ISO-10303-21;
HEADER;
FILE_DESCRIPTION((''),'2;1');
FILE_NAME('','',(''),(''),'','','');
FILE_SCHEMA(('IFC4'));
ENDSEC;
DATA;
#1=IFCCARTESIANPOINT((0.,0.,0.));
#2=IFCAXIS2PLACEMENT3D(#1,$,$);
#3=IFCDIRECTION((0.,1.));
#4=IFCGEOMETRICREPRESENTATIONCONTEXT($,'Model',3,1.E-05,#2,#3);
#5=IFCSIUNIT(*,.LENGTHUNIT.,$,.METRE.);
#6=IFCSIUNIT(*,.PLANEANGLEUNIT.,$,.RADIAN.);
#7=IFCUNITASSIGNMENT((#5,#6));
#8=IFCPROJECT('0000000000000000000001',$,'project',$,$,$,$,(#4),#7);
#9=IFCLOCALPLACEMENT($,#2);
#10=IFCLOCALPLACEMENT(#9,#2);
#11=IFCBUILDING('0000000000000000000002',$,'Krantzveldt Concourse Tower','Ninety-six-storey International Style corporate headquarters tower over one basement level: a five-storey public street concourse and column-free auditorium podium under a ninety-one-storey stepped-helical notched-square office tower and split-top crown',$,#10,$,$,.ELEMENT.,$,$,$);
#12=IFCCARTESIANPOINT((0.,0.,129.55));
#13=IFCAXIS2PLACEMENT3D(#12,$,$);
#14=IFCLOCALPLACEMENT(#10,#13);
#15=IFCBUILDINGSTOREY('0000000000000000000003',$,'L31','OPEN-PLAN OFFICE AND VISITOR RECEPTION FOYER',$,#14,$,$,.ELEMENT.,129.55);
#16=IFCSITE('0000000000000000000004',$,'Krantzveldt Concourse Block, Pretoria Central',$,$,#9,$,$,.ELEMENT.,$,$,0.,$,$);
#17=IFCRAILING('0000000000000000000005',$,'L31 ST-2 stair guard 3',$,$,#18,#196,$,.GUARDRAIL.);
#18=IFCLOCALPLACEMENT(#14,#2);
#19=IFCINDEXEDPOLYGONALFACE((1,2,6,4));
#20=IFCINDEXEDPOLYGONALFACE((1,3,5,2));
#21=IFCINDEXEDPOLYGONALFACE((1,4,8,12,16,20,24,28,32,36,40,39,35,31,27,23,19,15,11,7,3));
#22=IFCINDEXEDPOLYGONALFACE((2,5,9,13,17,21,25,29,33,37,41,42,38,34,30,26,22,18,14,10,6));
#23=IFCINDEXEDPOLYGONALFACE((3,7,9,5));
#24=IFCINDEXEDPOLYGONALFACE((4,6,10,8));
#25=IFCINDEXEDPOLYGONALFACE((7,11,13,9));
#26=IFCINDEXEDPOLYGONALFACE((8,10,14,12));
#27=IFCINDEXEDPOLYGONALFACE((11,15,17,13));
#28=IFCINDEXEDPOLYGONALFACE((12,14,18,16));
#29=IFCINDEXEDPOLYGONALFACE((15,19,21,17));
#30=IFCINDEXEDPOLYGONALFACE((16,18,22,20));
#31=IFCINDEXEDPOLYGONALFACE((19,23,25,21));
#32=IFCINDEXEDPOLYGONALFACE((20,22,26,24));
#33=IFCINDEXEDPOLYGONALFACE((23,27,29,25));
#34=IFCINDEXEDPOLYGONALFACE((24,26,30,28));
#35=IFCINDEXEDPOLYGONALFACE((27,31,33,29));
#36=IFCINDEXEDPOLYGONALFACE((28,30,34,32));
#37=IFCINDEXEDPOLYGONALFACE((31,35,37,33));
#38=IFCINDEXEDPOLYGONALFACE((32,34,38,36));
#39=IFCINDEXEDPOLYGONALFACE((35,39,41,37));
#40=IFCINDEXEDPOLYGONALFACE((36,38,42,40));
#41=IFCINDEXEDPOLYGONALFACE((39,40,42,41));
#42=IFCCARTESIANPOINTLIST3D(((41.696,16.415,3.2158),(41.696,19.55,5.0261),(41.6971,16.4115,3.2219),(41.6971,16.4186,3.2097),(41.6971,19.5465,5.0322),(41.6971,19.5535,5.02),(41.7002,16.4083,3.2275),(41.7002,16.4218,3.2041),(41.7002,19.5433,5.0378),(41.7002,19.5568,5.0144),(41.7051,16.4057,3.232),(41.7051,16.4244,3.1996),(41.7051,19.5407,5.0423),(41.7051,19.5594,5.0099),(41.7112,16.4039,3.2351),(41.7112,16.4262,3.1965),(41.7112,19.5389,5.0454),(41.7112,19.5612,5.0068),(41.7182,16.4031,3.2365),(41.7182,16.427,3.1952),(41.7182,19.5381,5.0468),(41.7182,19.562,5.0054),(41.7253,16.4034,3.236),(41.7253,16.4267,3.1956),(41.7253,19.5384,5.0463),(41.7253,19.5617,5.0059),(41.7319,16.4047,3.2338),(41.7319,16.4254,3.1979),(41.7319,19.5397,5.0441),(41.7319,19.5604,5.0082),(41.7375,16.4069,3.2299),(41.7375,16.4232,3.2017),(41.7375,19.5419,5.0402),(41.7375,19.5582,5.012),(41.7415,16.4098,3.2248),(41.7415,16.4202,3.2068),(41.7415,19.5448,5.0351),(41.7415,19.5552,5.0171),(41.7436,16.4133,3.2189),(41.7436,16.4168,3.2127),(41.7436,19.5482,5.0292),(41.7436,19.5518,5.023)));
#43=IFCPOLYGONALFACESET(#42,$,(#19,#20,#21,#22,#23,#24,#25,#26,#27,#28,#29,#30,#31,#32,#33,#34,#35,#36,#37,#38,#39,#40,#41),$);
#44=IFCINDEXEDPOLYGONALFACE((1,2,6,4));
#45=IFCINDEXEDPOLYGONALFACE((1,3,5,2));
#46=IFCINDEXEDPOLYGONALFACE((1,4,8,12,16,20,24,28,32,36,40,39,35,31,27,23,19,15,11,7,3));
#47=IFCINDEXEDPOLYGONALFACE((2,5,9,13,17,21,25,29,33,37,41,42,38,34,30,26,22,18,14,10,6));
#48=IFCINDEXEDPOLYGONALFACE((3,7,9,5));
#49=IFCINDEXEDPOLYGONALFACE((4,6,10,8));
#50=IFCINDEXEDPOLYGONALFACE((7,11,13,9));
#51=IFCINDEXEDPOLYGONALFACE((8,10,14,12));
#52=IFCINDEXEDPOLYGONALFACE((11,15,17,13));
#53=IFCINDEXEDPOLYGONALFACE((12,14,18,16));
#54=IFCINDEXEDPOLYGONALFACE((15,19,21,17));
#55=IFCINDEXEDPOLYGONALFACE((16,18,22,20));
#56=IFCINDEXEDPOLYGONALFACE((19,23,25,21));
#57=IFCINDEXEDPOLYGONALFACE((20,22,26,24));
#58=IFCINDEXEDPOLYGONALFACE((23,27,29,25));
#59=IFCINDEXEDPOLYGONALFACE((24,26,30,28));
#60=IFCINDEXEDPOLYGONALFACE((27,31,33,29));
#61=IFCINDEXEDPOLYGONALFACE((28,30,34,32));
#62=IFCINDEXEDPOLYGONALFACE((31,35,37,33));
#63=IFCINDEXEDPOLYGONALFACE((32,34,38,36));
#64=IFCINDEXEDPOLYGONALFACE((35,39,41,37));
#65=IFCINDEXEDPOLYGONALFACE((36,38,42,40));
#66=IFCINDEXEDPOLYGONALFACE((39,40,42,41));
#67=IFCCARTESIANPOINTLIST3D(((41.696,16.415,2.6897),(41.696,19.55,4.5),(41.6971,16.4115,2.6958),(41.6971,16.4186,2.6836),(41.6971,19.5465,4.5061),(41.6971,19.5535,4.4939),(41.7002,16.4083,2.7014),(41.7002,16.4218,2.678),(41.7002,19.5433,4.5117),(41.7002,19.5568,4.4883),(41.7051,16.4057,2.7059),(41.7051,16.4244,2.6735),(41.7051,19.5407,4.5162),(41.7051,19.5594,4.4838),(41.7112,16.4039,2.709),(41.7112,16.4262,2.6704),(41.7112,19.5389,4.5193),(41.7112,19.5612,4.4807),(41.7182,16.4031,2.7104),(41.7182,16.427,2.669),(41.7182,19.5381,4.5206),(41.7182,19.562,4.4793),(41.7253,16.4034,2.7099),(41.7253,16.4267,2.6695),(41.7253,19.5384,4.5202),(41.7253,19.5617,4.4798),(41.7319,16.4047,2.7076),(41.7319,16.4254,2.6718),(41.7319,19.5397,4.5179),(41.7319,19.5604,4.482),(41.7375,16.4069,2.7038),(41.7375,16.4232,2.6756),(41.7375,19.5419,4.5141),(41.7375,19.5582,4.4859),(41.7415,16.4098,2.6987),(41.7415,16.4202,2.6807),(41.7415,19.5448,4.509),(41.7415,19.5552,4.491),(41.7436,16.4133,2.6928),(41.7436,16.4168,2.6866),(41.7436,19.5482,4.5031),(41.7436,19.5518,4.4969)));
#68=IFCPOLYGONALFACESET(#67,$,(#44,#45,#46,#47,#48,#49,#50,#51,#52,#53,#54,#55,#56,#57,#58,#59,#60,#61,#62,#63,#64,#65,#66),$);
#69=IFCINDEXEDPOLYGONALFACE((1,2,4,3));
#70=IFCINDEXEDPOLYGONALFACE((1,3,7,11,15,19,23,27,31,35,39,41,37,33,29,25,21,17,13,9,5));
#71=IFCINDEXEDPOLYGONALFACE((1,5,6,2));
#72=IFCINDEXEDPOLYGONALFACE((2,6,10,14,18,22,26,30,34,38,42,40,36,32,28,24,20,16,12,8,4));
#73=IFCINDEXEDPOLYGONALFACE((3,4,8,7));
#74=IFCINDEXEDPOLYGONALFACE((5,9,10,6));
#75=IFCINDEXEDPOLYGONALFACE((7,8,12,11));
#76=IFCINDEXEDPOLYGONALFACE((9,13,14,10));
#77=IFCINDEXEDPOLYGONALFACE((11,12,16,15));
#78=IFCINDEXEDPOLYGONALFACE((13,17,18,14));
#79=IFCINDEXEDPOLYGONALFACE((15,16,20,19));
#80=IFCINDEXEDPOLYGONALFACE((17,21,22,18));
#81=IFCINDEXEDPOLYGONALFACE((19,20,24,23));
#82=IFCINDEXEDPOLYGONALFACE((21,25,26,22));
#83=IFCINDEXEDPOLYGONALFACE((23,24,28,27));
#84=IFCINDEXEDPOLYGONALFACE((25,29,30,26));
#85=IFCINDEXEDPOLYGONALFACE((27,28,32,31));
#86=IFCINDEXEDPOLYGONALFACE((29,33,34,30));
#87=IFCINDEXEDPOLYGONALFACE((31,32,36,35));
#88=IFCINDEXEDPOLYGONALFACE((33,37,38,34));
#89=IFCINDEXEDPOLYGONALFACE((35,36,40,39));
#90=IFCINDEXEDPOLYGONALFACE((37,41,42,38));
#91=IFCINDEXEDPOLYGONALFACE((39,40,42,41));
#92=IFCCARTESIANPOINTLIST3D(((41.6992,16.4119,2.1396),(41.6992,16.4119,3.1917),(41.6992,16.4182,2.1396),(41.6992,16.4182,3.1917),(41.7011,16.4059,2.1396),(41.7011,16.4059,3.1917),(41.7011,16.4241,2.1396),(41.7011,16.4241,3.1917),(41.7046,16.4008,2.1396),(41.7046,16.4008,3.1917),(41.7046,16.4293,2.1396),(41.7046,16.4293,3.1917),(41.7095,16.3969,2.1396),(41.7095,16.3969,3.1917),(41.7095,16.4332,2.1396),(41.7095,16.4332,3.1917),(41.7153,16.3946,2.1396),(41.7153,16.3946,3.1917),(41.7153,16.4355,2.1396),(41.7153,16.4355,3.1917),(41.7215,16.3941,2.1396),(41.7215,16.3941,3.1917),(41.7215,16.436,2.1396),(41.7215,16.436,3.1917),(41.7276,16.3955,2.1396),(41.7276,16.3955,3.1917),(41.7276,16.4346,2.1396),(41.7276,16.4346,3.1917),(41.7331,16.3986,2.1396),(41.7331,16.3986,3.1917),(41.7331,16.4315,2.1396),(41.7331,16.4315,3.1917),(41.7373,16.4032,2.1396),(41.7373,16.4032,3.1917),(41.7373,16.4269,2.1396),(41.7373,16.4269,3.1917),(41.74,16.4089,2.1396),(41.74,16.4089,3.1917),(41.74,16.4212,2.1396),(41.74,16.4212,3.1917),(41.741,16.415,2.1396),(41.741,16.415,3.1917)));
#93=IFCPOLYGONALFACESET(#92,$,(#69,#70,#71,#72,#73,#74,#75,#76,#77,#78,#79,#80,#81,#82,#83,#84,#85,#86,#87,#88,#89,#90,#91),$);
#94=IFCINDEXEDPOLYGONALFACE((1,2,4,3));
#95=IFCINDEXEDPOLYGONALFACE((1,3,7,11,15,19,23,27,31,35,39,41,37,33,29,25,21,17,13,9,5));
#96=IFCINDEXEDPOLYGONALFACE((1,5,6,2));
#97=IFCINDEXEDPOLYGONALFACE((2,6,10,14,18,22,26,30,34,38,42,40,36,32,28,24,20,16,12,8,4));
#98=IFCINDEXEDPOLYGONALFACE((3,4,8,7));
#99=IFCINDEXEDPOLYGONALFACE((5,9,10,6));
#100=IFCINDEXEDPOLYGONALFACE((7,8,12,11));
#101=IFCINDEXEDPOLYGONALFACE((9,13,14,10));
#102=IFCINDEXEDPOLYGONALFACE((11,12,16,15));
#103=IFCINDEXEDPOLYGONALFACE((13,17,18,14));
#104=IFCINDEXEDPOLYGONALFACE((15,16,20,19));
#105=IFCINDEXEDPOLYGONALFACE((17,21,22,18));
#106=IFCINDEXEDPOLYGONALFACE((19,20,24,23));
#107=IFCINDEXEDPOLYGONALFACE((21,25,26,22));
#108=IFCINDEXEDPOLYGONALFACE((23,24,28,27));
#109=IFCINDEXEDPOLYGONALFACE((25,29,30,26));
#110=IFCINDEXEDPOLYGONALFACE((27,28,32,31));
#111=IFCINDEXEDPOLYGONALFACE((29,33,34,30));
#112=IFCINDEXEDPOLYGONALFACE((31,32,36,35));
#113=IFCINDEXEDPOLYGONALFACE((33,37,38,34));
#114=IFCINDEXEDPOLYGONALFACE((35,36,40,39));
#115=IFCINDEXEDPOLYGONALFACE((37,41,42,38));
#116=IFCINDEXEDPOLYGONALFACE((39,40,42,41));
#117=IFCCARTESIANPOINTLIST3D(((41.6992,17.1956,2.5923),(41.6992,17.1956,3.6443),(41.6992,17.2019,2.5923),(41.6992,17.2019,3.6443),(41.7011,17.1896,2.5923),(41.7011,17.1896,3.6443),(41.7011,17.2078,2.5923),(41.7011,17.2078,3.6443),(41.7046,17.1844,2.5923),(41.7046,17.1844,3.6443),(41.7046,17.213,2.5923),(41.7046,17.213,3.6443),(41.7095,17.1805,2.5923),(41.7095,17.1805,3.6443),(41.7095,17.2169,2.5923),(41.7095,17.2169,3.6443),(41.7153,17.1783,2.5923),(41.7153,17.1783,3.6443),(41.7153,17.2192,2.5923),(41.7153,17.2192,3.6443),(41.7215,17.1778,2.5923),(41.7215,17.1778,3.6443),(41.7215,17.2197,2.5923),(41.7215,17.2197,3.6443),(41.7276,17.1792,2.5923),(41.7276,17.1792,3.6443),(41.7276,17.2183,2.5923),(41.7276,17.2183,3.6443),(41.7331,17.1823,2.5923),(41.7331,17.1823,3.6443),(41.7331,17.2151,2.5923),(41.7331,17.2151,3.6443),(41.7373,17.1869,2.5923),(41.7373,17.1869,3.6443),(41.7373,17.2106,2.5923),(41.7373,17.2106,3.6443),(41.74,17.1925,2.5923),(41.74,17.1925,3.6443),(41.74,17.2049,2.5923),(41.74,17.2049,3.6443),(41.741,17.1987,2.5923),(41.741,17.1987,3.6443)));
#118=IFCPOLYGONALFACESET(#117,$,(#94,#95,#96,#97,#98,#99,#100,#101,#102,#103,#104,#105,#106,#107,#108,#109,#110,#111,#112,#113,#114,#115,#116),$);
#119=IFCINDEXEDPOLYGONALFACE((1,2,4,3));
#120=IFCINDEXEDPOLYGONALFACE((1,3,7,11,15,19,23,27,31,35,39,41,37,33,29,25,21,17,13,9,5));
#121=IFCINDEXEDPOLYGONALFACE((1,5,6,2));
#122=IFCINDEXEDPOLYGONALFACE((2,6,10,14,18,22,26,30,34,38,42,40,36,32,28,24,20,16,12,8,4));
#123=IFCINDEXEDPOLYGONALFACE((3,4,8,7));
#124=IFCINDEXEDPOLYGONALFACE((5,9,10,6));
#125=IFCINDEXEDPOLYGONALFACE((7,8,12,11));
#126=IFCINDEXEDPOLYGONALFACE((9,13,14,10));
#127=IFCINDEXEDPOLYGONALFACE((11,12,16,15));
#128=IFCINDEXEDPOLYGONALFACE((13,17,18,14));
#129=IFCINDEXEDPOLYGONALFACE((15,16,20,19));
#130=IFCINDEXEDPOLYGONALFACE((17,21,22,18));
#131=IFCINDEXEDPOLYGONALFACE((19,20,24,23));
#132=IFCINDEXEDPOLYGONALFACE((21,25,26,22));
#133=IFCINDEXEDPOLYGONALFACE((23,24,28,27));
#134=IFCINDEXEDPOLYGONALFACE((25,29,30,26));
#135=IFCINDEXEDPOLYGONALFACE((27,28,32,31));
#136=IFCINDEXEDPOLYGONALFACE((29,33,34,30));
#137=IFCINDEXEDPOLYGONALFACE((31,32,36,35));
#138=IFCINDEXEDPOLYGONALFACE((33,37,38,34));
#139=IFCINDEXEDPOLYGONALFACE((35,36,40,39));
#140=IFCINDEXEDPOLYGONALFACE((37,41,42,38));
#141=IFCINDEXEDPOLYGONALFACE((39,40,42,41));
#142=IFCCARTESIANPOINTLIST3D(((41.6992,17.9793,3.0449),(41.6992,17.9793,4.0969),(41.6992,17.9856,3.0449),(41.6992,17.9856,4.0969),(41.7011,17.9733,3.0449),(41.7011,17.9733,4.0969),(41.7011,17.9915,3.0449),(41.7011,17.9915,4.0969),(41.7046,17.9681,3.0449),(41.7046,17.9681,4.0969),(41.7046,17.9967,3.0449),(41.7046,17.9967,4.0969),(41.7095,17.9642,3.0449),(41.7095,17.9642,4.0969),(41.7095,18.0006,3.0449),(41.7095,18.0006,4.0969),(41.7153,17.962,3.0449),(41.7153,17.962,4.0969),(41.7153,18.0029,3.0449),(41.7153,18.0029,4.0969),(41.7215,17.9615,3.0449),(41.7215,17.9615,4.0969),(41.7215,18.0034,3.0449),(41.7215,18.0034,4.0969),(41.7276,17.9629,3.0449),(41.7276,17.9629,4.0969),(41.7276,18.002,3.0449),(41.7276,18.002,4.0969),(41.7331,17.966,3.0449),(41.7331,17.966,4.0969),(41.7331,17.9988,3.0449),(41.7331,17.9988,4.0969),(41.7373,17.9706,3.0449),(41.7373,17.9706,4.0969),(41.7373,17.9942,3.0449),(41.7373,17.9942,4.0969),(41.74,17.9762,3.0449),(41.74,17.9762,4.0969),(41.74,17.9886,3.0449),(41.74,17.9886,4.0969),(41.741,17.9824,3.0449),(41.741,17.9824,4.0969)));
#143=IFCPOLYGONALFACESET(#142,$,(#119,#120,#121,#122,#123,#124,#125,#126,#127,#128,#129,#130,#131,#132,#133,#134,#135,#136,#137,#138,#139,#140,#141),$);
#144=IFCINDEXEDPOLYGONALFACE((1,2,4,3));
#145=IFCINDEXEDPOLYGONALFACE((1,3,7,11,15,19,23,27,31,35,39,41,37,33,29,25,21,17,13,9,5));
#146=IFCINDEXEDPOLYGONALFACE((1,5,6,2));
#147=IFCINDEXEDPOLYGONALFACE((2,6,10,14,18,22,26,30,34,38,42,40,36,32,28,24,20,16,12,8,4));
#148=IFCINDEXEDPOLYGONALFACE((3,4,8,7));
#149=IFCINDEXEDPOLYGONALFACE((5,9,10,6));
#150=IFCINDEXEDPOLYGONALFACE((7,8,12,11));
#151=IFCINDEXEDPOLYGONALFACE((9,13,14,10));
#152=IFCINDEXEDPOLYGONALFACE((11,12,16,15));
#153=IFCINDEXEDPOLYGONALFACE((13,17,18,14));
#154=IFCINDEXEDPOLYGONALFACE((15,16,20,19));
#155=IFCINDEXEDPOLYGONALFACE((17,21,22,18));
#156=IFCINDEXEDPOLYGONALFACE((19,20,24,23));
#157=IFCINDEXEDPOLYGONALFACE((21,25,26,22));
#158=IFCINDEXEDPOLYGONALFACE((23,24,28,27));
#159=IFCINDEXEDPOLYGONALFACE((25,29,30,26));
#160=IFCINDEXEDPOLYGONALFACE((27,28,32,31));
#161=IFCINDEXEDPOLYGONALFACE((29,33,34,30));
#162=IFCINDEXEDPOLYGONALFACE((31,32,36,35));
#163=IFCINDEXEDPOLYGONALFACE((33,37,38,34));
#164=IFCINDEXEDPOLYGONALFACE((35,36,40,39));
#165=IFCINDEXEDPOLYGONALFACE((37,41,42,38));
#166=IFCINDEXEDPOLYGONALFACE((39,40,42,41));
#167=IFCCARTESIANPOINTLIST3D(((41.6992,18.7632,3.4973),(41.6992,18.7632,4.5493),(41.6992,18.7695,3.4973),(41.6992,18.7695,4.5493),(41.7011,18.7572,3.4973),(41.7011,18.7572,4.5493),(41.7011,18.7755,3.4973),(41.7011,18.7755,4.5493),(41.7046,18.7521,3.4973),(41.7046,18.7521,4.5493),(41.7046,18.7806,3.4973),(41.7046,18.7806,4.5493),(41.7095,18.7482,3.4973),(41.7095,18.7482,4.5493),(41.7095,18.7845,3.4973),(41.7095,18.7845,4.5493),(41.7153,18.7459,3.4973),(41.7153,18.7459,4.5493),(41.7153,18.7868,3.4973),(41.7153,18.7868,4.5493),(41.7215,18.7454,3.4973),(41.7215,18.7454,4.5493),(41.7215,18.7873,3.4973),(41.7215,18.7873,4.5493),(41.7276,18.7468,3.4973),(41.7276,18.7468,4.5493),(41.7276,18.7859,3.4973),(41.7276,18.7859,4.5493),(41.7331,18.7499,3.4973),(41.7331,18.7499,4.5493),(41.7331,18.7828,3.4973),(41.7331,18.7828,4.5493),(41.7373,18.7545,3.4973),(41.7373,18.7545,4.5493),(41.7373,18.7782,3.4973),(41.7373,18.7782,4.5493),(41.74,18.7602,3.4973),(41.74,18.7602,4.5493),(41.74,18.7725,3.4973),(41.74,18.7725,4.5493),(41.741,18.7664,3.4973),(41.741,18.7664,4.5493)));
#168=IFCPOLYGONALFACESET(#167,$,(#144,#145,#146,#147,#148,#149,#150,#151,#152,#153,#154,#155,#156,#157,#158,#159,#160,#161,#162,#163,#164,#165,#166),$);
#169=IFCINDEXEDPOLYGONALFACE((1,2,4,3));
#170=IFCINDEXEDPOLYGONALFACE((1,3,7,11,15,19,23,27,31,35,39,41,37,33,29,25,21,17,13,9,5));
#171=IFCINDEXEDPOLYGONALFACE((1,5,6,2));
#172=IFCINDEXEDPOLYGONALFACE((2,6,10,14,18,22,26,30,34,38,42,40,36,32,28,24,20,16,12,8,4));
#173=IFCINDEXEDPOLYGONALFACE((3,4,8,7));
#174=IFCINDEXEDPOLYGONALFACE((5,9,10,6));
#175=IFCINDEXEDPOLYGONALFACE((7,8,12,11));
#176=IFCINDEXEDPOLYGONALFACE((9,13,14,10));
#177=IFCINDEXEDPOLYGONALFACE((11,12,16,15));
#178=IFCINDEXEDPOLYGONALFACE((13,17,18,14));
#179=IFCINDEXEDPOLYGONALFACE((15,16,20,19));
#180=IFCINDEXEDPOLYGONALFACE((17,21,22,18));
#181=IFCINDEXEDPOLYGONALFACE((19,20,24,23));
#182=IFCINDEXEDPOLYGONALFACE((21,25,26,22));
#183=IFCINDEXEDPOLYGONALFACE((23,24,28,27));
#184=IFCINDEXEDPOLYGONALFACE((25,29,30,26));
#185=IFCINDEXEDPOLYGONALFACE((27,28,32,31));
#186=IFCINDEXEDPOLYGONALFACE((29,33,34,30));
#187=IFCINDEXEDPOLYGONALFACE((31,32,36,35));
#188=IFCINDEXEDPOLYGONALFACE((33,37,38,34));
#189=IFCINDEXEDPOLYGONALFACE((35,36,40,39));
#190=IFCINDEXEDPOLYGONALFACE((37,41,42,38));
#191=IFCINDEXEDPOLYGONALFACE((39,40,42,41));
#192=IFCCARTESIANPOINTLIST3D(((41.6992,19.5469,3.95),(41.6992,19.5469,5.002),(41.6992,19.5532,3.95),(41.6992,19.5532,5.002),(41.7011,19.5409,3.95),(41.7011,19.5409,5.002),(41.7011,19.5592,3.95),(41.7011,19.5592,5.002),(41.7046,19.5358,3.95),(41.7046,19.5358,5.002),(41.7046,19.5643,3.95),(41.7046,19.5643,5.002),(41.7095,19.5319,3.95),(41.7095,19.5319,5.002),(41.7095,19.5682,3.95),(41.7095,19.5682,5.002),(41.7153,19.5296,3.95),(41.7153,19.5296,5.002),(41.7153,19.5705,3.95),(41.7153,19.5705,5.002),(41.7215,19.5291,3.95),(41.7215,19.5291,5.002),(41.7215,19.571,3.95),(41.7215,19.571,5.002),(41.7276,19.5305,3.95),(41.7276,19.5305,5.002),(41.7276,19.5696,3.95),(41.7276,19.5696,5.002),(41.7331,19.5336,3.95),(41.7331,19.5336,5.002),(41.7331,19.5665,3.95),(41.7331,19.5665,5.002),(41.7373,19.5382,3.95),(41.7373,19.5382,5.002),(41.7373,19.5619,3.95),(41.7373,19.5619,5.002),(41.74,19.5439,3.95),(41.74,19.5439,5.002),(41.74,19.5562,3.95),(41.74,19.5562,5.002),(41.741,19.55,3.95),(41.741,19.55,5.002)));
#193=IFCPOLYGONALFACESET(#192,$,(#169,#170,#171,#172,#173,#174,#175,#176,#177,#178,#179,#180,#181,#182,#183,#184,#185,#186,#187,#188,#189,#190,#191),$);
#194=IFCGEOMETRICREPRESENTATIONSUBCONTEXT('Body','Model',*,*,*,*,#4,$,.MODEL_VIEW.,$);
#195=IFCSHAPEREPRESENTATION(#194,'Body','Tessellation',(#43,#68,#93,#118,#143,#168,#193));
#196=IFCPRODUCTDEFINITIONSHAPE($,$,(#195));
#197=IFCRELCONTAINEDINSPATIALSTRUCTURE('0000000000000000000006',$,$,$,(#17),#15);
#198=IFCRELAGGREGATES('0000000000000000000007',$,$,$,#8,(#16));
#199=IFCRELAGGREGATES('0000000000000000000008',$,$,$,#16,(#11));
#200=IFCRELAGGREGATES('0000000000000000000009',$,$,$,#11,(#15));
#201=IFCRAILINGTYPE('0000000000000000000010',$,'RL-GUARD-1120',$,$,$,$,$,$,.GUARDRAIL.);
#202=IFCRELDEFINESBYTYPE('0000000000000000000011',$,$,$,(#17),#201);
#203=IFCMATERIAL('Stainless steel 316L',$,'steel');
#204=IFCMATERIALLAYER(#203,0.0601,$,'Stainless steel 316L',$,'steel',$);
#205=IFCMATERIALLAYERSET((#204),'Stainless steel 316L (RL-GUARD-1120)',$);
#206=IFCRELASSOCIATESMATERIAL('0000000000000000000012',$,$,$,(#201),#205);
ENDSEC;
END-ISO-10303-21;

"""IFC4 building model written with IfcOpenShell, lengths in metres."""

from ifc_helpers import new_model, si_unit, direction, frame, origin, origin_2d, place, context, subcontext, project, spatial, circle, extrude, material, layer, layer_set, type_object, element, save


model = new_model("IFC4")

# Units and contexts
model_context = context("Model", 3, precision=1e-05, world=origin(), true_north=direction((0.0, 1.0)))
body_context = subcontext(model_context, "Body", "Model", "MODEL_VIEW")
ifc_project = project(units=[si_unit("LENGTHUNIT", "METRE"), si_unit("PLANEANGLEUNIT", "RADIAN")], contexts=[model_context])

# Site, building, storey
site_placement = place(None, origin())
site = spatial("IfcSite", under=ifc_project, at=site_placement, Name="Krantzveldt Concourse Block, Pretoria Central", CompositionType="ELEMENT", RefElevation=0.0)
building_placement = place(site_placement, origin())
building = spatial("IfcBuilding", under=site, at=building_placement, Name="Krantzveldt Concourse Tower", Description="Ninety-six-storey International Style corporate headquarters tower over one basement level: a five-storey public street concourse and column-free auditorium podium under a ninety-one-storey stepped-helical notched-square office tower and split-top crown", CompositionType="ELEMENT")
storey_placement = place(building_placement, frame((0.0, 0.0, 129.55)))
storey = spatial("IfcBuildingStorey", under=building, at=storey_placement, Name="L31", Description="OPEN-PLAN OFFICE AND VISITOR RECEPTION FOYER", CompositionType="ELEMENT", Elevation=129.55)

# Shared definitions
ifc_material_1 = material(Name="Stainless steel 316L", Category="steel")

# Railing
ifc_layer_1 = layer(ifc_material_1, 0.0601, Name="Stainless steel 316L", Category="steel")
ifc_layer_set_1 = layer_set([ifc_layer_1], Name="Stainless steel 316L (RL-GUARD-1120)")
railing_type_1 = type_object("IfcRailingType", Name="RL-GUARD-1120", PredefinedType="GUARDRAIL", material=ifc_layer_set_1)
railing_1_placement = place(storey_placement, frame((41.72, 16.415, 2.1396)))
element("IfcRailing", 1, at=railing_1_placement, inside=storey, type_object=railing_type_1, Name="L31 ST-2 stair guard 3", PredefinedType="GUARDRAIL", context=body_context, shape_type="SweptSolid", body=[
    extrude(circle(Radius=0.0239, at=origin_2d()), frame((0.0, 0.0, 1.0762), z_axis=(0.0, 0.865989, 0.500063), x_axis=(-1.0, 0.0, 0.0)), (0.0, 0.0, 1.0), 3.6201),
    extrude(circle(Radius=0.0239, at=origin_2d()), frame((0.0, 0.0, 0.55), z_axis=(0.0, 0.865989, 0.500063), x_axis=(-1.0, 0.0, 0.0)), (0.0, 0.0, 1.0), 3.6201),
    extrude(circle(Radius=0.021, at=origin_2d()), origin(), (0.0, 0.0, 1.0), 1.052),
    extrude(circle(Radius=0.021, at=origin_2d()), frame((0.0, 0.7837, 0.4526)), (0.0, 0.0, 1.0), 1.052),
    extrude(circle(Radius=0.021, at=origin_2d()), frame((0.0, 1.5674, 0.9053)), (0.0, 0.0, 1.0), 1.052),
    extrude(circle(Radius=0.021, at=origin_2d()), frame((0.0, 2.3513, 1.3577)), (0.0, 0.0, 1.0), 1.052),
    extrude(circle(Radius=0.021, at=origin_2d()), frame((0.0, 3.135, 1.8103)), (0.0, 0.0, 1.0), 1.052),
])

save(model, "model.ifc")
